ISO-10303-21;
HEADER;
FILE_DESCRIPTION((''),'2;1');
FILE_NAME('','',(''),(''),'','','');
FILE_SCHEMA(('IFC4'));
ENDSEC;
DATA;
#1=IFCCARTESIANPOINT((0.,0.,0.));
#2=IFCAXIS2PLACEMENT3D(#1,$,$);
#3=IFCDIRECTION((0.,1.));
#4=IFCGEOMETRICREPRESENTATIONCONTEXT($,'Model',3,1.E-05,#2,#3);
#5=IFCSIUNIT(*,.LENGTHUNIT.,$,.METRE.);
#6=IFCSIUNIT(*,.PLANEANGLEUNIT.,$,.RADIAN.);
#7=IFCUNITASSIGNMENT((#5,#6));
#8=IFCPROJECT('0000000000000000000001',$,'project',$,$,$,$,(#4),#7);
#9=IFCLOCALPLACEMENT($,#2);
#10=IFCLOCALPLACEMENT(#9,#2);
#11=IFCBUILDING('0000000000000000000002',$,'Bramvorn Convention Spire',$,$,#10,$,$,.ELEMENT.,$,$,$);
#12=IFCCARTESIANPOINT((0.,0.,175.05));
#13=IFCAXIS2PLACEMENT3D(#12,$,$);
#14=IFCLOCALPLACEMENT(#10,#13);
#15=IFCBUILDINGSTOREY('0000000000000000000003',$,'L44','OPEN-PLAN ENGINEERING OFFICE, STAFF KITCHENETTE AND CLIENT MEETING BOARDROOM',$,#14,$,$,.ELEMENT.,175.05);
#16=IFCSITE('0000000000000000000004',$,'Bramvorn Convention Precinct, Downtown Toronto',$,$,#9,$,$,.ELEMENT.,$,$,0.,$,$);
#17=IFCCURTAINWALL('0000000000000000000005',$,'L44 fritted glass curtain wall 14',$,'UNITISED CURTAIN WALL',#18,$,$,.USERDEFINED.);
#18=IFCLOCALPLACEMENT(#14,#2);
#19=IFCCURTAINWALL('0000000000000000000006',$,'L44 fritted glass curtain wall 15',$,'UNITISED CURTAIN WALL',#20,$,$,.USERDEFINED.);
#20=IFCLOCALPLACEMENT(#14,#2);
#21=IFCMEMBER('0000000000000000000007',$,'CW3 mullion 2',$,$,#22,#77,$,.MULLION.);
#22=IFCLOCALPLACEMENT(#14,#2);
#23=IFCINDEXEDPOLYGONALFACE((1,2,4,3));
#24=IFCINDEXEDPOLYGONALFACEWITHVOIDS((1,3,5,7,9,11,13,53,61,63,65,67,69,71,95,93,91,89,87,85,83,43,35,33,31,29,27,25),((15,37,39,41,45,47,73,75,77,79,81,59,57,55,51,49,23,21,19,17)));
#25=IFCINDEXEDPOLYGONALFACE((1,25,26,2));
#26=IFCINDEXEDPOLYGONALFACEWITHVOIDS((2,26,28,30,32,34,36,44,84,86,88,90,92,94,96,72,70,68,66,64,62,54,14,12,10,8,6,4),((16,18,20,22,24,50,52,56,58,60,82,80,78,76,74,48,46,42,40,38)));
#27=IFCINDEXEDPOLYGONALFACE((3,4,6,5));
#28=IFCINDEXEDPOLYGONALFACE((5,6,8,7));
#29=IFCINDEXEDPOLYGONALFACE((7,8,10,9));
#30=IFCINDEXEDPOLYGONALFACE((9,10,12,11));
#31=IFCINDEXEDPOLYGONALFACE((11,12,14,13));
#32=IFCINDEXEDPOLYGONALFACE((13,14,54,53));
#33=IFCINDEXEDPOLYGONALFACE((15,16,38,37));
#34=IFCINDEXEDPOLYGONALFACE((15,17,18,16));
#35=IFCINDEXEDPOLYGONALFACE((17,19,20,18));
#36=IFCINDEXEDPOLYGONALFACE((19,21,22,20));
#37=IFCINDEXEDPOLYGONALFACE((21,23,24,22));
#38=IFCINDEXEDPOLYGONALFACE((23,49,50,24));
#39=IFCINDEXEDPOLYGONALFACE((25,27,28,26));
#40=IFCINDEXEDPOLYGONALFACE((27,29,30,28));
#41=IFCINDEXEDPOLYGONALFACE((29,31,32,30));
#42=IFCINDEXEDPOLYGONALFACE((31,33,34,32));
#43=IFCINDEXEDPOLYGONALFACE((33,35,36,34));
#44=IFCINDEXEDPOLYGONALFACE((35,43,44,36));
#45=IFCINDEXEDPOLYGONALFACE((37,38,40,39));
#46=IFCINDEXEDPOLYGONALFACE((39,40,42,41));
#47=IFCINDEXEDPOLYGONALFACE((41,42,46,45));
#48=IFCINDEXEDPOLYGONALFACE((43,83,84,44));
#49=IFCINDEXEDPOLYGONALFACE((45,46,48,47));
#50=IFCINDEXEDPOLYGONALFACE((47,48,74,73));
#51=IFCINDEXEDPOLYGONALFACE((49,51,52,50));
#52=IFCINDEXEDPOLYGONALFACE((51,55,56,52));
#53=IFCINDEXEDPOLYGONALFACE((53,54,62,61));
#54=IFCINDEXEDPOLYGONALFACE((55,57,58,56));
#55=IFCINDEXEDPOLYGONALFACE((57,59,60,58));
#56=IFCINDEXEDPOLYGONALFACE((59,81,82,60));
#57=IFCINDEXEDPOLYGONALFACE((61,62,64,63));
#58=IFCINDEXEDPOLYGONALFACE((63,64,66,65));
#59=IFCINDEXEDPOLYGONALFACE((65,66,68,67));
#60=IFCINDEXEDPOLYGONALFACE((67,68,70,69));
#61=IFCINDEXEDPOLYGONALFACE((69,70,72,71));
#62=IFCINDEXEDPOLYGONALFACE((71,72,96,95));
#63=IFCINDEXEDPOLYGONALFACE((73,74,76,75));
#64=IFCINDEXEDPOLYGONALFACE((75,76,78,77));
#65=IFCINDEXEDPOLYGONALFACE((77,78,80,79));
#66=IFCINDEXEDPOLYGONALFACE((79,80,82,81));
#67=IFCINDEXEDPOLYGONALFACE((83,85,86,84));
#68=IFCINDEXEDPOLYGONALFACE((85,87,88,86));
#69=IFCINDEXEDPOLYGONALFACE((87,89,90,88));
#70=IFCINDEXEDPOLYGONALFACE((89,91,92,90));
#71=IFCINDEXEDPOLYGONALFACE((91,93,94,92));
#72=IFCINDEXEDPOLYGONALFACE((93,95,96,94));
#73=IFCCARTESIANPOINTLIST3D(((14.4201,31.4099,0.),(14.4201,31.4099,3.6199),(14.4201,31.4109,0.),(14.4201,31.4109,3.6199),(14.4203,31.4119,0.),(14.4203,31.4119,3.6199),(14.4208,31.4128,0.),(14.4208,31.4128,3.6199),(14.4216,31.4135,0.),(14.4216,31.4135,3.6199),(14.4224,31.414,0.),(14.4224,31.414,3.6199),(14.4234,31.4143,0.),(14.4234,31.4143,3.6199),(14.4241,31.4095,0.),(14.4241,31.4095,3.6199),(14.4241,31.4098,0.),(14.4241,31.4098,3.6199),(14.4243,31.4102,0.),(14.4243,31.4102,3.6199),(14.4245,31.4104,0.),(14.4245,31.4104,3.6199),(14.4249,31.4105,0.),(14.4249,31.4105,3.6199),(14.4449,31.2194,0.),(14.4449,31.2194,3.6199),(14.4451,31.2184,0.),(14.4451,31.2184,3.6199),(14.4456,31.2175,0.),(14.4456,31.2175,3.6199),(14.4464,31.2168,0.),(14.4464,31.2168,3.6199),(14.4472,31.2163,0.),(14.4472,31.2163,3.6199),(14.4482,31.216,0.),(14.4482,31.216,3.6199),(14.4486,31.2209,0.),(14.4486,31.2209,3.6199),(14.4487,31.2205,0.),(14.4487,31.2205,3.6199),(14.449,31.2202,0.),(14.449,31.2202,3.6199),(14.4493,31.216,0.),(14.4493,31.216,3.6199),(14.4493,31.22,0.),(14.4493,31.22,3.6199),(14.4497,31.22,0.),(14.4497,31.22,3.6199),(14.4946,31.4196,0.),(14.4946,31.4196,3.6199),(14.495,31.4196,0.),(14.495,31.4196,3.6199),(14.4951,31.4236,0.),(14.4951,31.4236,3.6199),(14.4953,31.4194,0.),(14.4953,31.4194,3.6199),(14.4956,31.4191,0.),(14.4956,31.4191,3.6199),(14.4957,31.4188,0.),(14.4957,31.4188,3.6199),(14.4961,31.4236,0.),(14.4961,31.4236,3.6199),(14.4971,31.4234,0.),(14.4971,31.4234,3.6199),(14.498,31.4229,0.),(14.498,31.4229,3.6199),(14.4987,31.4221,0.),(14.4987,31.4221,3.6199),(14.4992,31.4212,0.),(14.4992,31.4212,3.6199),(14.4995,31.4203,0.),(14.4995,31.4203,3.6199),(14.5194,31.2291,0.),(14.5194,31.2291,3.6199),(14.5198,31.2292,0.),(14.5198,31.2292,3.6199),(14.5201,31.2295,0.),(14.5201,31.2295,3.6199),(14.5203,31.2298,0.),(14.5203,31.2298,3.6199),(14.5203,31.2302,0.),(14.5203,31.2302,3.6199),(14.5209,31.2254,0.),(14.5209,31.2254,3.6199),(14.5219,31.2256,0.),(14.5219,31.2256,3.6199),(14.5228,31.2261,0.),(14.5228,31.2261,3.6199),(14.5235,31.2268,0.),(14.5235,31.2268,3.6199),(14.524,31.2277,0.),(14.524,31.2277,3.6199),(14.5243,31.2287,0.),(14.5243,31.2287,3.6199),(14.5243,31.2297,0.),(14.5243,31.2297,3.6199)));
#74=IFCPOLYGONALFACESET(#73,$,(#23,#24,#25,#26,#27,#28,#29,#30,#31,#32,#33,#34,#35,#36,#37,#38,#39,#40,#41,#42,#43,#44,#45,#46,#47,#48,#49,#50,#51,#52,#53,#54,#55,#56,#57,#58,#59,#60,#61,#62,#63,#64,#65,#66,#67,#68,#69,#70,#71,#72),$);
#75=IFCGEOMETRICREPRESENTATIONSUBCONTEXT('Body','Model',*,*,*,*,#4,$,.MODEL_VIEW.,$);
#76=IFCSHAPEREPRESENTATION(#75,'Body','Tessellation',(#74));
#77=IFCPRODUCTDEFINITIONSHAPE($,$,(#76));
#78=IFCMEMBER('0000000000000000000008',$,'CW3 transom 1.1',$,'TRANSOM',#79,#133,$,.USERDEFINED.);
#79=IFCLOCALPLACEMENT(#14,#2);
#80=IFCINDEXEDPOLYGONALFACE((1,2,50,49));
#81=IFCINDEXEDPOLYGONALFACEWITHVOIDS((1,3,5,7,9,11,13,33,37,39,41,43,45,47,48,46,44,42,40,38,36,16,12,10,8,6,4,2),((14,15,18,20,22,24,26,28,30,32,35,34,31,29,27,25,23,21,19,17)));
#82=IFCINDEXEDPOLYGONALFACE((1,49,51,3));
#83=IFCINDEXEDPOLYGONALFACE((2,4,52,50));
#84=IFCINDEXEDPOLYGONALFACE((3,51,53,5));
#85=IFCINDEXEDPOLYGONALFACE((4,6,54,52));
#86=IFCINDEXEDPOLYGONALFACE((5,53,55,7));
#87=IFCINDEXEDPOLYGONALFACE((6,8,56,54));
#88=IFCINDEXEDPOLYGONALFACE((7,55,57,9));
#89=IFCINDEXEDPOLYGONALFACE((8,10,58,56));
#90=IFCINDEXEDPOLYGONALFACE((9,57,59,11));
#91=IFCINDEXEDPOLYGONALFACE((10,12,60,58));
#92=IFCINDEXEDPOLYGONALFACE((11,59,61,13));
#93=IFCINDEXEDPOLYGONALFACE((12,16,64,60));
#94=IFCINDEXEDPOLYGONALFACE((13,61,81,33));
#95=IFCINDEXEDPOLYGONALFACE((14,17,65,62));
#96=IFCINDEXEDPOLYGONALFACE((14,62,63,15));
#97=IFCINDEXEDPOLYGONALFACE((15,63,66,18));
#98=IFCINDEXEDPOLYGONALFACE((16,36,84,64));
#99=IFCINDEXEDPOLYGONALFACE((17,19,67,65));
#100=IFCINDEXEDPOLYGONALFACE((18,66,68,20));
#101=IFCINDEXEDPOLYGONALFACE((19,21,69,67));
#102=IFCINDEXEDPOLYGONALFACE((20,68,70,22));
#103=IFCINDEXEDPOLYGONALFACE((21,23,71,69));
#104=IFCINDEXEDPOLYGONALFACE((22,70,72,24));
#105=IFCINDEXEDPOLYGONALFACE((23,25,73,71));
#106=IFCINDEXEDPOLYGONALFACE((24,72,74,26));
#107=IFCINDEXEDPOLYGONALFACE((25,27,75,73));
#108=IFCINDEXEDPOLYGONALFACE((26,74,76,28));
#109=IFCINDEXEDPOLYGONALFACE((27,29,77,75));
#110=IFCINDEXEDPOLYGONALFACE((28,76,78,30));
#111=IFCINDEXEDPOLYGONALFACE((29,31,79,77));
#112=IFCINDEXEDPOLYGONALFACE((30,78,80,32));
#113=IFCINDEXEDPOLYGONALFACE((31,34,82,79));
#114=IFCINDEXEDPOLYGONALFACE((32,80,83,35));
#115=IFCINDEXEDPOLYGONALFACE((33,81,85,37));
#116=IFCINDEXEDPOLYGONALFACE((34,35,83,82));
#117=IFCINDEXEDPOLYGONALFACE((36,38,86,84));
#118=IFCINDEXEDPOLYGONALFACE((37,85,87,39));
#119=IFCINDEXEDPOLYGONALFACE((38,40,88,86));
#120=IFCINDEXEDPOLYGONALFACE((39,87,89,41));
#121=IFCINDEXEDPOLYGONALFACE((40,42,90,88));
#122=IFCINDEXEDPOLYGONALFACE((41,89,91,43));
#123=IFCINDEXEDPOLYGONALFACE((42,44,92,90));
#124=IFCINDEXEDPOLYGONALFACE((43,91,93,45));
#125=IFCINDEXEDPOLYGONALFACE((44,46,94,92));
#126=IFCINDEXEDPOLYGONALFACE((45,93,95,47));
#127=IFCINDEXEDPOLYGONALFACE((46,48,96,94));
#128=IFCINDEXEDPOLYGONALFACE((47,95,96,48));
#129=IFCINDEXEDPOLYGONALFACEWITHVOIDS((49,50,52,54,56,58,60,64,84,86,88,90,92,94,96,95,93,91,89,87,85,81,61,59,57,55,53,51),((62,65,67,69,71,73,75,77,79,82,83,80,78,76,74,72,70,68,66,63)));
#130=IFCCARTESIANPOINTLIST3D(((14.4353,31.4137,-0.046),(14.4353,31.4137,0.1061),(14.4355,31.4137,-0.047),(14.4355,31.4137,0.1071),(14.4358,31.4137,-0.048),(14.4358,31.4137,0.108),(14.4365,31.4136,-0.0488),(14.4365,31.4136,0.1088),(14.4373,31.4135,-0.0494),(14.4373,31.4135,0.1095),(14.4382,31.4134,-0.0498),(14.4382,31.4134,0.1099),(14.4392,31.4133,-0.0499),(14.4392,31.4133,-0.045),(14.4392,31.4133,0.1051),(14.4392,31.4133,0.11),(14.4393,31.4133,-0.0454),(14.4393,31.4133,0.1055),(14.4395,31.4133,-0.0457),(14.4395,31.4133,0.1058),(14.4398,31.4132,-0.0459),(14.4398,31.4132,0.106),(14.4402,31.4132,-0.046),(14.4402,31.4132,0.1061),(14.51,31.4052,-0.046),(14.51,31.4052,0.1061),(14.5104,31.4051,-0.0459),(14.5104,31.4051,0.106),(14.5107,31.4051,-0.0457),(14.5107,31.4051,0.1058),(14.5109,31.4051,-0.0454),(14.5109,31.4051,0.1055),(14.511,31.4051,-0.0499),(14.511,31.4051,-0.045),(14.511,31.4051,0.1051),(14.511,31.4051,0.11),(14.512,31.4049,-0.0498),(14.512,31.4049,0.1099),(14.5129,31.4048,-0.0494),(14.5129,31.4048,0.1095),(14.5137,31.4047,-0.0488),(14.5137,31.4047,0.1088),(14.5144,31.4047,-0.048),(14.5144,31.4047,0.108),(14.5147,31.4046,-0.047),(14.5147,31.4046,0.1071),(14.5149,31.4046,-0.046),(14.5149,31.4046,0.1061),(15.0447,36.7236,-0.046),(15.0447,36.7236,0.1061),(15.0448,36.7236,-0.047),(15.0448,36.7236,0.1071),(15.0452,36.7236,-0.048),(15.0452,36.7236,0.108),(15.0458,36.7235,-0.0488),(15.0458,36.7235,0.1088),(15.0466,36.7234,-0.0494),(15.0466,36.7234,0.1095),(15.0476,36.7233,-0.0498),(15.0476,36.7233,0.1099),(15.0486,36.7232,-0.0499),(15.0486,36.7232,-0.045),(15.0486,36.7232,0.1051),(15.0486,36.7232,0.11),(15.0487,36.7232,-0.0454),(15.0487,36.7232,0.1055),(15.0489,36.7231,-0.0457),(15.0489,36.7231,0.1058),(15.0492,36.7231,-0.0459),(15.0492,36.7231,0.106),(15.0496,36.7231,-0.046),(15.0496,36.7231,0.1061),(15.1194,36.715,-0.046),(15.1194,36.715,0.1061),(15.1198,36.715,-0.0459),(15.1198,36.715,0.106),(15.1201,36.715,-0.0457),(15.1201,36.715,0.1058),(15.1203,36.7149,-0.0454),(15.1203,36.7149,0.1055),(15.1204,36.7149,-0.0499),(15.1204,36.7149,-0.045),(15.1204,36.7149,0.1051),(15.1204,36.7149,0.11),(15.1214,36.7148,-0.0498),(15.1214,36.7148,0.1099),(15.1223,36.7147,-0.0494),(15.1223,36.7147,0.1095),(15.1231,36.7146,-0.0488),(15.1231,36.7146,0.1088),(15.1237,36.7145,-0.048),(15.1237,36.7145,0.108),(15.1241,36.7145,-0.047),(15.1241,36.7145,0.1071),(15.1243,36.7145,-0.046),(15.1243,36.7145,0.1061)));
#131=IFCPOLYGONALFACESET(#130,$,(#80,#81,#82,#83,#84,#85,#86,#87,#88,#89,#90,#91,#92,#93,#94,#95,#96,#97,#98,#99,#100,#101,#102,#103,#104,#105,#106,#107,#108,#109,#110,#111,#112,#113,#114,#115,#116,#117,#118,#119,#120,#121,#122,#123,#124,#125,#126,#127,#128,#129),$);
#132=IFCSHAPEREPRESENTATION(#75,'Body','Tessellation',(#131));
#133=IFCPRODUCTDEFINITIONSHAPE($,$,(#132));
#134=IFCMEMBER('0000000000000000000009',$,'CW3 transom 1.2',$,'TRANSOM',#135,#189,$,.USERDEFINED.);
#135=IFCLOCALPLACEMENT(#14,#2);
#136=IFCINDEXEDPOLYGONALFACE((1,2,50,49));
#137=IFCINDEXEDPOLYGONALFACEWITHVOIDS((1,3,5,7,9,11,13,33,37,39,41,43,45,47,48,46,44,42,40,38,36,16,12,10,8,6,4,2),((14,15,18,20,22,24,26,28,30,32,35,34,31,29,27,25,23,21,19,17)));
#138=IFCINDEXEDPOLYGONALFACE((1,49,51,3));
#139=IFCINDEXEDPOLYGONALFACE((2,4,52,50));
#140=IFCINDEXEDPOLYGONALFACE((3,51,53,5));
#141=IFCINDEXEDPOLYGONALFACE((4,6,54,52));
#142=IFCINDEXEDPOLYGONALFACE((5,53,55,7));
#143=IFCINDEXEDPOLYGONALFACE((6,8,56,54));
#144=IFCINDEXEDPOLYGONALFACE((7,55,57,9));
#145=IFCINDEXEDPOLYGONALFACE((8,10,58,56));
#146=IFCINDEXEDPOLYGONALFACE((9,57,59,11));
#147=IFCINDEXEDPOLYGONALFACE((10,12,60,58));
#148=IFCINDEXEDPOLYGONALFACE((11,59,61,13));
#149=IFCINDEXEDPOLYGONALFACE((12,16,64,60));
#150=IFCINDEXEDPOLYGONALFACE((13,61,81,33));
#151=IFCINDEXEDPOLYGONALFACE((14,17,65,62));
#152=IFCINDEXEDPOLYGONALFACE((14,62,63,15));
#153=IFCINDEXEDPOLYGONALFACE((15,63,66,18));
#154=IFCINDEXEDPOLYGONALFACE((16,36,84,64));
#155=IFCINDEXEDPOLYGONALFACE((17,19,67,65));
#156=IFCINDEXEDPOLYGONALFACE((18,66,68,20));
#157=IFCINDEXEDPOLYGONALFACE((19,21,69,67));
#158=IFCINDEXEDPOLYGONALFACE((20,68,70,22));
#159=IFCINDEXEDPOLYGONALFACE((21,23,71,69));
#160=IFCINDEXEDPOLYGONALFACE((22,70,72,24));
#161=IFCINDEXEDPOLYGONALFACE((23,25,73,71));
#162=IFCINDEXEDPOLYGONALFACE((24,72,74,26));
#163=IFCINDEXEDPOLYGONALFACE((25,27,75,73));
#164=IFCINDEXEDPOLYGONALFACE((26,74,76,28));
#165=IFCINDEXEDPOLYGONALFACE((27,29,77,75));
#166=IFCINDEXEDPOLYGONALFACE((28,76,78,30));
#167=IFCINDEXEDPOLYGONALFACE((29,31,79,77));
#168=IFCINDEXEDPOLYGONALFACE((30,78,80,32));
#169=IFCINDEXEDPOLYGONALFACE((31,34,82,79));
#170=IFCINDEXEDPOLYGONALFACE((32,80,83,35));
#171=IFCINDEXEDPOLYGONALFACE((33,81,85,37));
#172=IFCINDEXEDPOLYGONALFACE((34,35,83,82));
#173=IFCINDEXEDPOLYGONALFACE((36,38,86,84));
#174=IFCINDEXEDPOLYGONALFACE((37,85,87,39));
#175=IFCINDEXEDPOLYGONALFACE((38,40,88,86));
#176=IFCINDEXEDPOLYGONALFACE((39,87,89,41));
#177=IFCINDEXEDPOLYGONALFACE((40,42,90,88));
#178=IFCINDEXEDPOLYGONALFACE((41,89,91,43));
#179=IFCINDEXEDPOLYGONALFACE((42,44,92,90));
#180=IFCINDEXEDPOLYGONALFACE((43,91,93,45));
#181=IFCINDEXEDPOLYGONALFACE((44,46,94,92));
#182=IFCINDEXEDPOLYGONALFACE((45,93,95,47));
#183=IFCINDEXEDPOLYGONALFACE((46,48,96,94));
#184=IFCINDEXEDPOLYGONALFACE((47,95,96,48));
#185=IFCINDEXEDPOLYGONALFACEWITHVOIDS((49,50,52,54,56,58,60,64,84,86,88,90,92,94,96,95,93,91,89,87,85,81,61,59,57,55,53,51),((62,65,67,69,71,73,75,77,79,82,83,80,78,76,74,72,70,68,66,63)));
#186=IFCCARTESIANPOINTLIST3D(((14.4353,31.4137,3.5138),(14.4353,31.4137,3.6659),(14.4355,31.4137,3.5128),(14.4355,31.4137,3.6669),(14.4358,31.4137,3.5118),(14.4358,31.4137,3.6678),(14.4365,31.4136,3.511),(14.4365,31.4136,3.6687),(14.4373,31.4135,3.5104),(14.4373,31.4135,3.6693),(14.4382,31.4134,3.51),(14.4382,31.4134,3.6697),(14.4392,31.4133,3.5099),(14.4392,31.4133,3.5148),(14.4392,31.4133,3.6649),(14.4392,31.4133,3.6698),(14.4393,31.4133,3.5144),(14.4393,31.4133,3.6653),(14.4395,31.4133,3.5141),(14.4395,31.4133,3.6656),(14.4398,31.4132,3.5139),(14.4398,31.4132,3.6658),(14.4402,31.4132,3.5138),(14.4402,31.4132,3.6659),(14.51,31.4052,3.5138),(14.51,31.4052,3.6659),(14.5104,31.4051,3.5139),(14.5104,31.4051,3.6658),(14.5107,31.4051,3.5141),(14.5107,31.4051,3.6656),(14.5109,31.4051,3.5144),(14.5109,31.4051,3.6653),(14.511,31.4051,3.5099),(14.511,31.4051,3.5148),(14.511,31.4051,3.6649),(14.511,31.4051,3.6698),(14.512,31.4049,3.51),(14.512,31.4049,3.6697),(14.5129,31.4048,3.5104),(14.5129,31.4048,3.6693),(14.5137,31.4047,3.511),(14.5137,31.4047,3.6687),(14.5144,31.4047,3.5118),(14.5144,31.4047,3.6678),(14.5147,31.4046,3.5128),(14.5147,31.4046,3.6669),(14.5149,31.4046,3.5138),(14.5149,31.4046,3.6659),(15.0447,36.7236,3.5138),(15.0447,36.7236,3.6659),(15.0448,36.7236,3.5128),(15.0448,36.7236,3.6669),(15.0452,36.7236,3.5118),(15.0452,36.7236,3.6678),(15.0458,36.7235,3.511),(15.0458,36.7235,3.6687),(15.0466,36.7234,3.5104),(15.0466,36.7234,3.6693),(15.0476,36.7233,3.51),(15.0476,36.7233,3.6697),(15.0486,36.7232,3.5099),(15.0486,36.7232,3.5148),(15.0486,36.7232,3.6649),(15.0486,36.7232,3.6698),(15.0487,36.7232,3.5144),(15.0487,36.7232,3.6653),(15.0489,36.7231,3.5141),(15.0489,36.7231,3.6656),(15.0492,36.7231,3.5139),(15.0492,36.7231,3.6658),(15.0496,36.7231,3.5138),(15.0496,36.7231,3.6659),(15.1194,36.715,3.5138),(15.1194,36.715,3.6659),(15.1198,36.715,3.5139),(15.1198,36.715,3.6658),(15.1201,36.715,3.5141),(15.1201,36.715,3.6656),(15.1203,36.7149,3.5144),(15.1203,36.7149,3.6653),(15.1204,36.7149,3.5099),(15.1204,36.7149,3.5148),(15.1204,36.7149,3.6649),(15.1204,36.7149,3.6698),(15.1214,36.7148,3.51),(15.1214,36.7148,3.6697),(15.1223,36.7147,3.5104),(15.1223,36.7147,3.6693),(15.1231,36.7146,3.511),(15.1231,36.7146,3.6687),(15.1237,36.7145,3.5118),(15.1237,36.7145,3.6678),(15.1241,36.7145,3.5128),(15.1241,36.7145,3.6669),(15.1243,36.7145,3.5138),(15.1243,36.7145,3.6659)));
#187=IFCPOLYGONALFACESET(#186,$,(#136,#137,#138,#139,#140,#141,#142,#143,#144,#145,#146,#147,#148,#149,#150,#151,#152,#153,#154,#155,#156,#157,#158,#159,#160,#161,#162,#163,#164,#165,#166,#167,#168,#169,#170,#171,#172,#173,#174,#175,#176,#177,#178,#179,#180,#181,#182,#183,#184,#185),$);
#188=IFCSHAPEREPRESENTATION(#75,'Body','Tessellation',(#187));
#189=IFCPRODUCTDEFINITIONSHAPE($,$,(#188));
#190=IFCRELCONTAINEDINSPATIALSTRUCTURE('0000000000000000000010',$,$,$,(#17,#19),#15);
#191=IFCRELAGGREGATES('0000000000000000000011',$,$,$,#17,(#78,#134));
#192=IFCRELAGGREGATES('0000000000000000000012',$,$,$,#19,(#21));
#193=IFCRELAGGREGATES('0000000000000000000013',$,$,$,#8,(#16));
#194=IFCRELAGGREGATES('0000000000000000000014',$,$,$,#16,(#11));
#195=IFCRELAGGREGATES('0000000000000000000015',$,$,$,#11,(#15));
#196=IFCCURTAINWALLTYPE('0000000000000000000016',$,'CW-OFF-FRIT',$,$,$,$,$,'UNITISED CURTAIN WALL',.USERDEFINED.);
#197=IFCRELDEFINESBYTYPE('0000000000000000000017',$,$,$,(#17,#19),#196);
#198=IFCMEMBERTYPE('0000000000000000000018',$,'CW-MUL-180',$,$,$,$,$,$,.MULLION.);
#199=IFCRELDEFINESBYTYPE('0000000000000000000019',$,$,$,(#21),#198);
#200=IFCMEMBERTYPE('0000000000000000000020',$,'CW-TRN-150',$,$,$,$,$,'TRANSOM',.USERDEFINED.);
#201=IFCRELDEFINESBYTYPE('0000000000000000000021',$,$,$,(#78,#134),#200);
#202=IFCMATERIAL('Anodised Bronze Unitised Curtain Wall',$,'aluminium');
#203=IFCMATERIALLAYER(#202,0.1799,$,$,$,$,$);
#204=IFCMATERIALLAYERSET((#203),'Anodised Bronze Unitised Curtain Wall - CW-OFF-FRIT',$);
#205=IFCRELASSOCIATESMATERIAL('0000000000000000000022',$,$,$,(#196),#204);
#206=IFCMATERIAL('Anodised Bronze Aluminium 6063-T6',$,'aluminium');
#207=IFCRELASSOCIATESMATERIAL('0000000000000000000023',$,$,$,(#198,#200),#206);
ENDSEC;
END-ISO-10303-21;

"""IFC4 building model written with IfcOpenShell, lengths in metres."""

from ifc_helpers import new_model, si_unit, direction, frame, origin, origin_2d, place, context, subcontext, project, spatial, hollow_rectangle, extrude, material, layer, layer_set, material_profile, profile_set, type_object, element, aggregate, save


model = new_model("IFC4")

# Units and contexts
model_context = context("Model", 3, precision=1e-05, world=origin(), true_north=direction((0.0, 1.0)))
body_context = subcontext(model_context, "Body", "Model", "MODEL_VIEW")
ifc_project = project(units=[si_unit("LENGTHUNIT", "METRE"), si_unit("PLANEANGLEUNIT", "RADIAN")], contexts=[model_context])

# Site, building, storey
site_placement = place(None, origin())
site = spatial("IfcSite", under=ifc_project, at=site_placement, Name="Bramvorn Convention Precinct, Downtown Toronto", CompositionType="ELEMENT", RefElevation=0.0)
building_placement = place(site_placement, origin())
building = spatial("IfcBuilding", under=site, at=building_placement, Name="Bramvorn Convention Spire", CompositionType="ELEMENT")
storey_placement = place(building_placement, frame((0.0, 0.0, 175.05)))
storey = spatial("IfcBuildingStorey", under=building, at=storey_placement, Name="L44", Description="OPEN-PLAN ENGINEERING OFFICE, STAFF KITCHENETTE AND CLIENT MEETING BOARDROOM", CompositionType="ELEMENT", Elevation=175.05)

# Curtain wall
ifc_material_1 = material(Name="Anodised Bronze Unitised Curtain Wall", Category="aluminium")
ifc_layer_1 = layer(ifc_material_1, 0.1799)
ifc_layer_set_1 = layer_set([ifc_layer_1], Name="Anodised Bronze Unitised Curtain Wall - CW-OFF-FRIT")
curtain_wall_type = type_object("IfcCurtainWallType", Name="CW-OFF-FRIT", ElementType="UNITISED CURTAIN WALL", PredefinedType="USERDEFINED", material=ifc_layer_set_1)
curtain_wall_1_placement = place(storey_placement, origin())
curtain_wall_1 = element("IfcCurtainWall", 1, at=curtain_wall_1_placement, inside=storey, type_object=curtain_wall_type, Name="L44 fritted glass curtain wall 14", ObjectType="UNITISED CURTAIN WALL", PredefinedType="USERDEFINED")
ifc_material_2 = material(Name="Anodised Bronze Aluminium 6063-T6", Category="aluminium")
ifc_material_profile_1 = material_profile(ifc_material_2, hollow_rectangle(XDim=0.0801, YDim=0.2, WallThickness=0.0039, InnerFilletRadius=0.001, OuterFilletRadius=0.0039, at=origin_2d()))
ifc_profile_set_1 = profile_set([ifc_material_profile_1], Name="Anodised Bronze Aluminium 6063-T6 - CWM80X200")
member_type_1 = type_object("IfcMemberType", Name="CW-MUL-180", PredefinedType="MULLION", material=ifc_profile_set_1)

# Curtain wall, member
curtain_wall_2_placement = place(storey_placement, origin())
curtain_wall_2 = element("IfcCurtainWall", 2, at=curtain_wall_2_placement, inside=storey, type_object=curtain_wall_type, Name="L44 fritted glass curtain wall 15", ObjectType="UNITISED CURTAIN WALL", PredefinedType="USERDEFINED")
member_1_placement = place(storey_placement, frame((14.4722, 31.3198, 0.0), z_axis=(0.0, 0.0, 1.0), x_axis=(-0.991624, -0.129161, 0.0)))
member_1 = element("IfcMember", 3, at=member_1_placement, type_object=member_type_1, Name="CW3 mullion 2", PredefinedType="MULLION", context=body_context, shape_type="SweptSolid", body=[
    extrude(hollow_rectangle(XDim=0.0801, YDim=0.2, WallThickness=0.0039, InnerFilletRadius=0.001, OuterFilletRadius=0.0039, at=origin_2d()), origin(), (0.0, 0.0, 1.0), 3.6199),
])

# Members
ifc_material_profile_2 = material_profile(ifc_material_2, hollow_rectangle(XDim=0.0801, YDim=0.1599, WallThickness=0.0039, InnerFilletRadius=0.001, OuterFilletRadius=0.0039, at=origin_2d()))
ifc_profile_set_2 = profile_set([ifc_material_profile_2], Name="Anodised Bronze Aluminium 6063-T6 - CWT80X160")
member_type_2 = type_object("IfcMemberType", Name="CW-TRN-150", ElementType="TRANSOM", PredefinedType="USERDEFINED", material=ifc_profile_set_2)
member_2_placement = place(storey_placement, frame((14.4751, 31.4092, 0.03), z_axis=(0.114016, 0.993479, 0.0), x_axis=(-0.993479, 0.114016, 0.0)))
member_2 = element("IfcMember", 4, at=member_2_placement, type_object=member_type_2, Name="CW3 transom 1.1", ObjectType="TRANSOM", PredefinedType="USERDEFINED", context=body_context, shape_type="SweptSolid", body=[
    extrude(hollow_rectangle(XDim=0.0801, YDim=0.1599, WallThickness=0.0039, InnerFilletRadius=0.001, OuterFilletRadius=0.0039, at=origin_2d()), origin(), (0.0, 0.0, 1.0), 5.3447),
])
member_3_placement = place(storey_placement, frame((14.4751, 31.4092, 3.5898), z_axis=(0.114016, 0.993479, 0.0), x_axis=(-0.993479, 0.114016, 0.0)))
member_3 = element("IfcMember", 5, at=member_3_placement, type_object=member_type_2, Name="CW3 transom 1.2", ObjectType="TRANSOM", PredefinedType="USERDEFINED", context=body_context, shape_type="SweptSolid", body=[
    extrude(hollow_rectangle(XDim=0.0801, YDim=0.1599, WallThickness=0.0039, InnerFilletRadius=0.001, OuterFilletRadius=0.0039, at=origin_2d()), origin(), (0.0, 0.0, 1.0), 5.3447),
])
aggregate(curtain_wall_1, [member_2, member_3])

aggregate(curtain_wall_2, [member_1])

save(model, "model.ifc")
